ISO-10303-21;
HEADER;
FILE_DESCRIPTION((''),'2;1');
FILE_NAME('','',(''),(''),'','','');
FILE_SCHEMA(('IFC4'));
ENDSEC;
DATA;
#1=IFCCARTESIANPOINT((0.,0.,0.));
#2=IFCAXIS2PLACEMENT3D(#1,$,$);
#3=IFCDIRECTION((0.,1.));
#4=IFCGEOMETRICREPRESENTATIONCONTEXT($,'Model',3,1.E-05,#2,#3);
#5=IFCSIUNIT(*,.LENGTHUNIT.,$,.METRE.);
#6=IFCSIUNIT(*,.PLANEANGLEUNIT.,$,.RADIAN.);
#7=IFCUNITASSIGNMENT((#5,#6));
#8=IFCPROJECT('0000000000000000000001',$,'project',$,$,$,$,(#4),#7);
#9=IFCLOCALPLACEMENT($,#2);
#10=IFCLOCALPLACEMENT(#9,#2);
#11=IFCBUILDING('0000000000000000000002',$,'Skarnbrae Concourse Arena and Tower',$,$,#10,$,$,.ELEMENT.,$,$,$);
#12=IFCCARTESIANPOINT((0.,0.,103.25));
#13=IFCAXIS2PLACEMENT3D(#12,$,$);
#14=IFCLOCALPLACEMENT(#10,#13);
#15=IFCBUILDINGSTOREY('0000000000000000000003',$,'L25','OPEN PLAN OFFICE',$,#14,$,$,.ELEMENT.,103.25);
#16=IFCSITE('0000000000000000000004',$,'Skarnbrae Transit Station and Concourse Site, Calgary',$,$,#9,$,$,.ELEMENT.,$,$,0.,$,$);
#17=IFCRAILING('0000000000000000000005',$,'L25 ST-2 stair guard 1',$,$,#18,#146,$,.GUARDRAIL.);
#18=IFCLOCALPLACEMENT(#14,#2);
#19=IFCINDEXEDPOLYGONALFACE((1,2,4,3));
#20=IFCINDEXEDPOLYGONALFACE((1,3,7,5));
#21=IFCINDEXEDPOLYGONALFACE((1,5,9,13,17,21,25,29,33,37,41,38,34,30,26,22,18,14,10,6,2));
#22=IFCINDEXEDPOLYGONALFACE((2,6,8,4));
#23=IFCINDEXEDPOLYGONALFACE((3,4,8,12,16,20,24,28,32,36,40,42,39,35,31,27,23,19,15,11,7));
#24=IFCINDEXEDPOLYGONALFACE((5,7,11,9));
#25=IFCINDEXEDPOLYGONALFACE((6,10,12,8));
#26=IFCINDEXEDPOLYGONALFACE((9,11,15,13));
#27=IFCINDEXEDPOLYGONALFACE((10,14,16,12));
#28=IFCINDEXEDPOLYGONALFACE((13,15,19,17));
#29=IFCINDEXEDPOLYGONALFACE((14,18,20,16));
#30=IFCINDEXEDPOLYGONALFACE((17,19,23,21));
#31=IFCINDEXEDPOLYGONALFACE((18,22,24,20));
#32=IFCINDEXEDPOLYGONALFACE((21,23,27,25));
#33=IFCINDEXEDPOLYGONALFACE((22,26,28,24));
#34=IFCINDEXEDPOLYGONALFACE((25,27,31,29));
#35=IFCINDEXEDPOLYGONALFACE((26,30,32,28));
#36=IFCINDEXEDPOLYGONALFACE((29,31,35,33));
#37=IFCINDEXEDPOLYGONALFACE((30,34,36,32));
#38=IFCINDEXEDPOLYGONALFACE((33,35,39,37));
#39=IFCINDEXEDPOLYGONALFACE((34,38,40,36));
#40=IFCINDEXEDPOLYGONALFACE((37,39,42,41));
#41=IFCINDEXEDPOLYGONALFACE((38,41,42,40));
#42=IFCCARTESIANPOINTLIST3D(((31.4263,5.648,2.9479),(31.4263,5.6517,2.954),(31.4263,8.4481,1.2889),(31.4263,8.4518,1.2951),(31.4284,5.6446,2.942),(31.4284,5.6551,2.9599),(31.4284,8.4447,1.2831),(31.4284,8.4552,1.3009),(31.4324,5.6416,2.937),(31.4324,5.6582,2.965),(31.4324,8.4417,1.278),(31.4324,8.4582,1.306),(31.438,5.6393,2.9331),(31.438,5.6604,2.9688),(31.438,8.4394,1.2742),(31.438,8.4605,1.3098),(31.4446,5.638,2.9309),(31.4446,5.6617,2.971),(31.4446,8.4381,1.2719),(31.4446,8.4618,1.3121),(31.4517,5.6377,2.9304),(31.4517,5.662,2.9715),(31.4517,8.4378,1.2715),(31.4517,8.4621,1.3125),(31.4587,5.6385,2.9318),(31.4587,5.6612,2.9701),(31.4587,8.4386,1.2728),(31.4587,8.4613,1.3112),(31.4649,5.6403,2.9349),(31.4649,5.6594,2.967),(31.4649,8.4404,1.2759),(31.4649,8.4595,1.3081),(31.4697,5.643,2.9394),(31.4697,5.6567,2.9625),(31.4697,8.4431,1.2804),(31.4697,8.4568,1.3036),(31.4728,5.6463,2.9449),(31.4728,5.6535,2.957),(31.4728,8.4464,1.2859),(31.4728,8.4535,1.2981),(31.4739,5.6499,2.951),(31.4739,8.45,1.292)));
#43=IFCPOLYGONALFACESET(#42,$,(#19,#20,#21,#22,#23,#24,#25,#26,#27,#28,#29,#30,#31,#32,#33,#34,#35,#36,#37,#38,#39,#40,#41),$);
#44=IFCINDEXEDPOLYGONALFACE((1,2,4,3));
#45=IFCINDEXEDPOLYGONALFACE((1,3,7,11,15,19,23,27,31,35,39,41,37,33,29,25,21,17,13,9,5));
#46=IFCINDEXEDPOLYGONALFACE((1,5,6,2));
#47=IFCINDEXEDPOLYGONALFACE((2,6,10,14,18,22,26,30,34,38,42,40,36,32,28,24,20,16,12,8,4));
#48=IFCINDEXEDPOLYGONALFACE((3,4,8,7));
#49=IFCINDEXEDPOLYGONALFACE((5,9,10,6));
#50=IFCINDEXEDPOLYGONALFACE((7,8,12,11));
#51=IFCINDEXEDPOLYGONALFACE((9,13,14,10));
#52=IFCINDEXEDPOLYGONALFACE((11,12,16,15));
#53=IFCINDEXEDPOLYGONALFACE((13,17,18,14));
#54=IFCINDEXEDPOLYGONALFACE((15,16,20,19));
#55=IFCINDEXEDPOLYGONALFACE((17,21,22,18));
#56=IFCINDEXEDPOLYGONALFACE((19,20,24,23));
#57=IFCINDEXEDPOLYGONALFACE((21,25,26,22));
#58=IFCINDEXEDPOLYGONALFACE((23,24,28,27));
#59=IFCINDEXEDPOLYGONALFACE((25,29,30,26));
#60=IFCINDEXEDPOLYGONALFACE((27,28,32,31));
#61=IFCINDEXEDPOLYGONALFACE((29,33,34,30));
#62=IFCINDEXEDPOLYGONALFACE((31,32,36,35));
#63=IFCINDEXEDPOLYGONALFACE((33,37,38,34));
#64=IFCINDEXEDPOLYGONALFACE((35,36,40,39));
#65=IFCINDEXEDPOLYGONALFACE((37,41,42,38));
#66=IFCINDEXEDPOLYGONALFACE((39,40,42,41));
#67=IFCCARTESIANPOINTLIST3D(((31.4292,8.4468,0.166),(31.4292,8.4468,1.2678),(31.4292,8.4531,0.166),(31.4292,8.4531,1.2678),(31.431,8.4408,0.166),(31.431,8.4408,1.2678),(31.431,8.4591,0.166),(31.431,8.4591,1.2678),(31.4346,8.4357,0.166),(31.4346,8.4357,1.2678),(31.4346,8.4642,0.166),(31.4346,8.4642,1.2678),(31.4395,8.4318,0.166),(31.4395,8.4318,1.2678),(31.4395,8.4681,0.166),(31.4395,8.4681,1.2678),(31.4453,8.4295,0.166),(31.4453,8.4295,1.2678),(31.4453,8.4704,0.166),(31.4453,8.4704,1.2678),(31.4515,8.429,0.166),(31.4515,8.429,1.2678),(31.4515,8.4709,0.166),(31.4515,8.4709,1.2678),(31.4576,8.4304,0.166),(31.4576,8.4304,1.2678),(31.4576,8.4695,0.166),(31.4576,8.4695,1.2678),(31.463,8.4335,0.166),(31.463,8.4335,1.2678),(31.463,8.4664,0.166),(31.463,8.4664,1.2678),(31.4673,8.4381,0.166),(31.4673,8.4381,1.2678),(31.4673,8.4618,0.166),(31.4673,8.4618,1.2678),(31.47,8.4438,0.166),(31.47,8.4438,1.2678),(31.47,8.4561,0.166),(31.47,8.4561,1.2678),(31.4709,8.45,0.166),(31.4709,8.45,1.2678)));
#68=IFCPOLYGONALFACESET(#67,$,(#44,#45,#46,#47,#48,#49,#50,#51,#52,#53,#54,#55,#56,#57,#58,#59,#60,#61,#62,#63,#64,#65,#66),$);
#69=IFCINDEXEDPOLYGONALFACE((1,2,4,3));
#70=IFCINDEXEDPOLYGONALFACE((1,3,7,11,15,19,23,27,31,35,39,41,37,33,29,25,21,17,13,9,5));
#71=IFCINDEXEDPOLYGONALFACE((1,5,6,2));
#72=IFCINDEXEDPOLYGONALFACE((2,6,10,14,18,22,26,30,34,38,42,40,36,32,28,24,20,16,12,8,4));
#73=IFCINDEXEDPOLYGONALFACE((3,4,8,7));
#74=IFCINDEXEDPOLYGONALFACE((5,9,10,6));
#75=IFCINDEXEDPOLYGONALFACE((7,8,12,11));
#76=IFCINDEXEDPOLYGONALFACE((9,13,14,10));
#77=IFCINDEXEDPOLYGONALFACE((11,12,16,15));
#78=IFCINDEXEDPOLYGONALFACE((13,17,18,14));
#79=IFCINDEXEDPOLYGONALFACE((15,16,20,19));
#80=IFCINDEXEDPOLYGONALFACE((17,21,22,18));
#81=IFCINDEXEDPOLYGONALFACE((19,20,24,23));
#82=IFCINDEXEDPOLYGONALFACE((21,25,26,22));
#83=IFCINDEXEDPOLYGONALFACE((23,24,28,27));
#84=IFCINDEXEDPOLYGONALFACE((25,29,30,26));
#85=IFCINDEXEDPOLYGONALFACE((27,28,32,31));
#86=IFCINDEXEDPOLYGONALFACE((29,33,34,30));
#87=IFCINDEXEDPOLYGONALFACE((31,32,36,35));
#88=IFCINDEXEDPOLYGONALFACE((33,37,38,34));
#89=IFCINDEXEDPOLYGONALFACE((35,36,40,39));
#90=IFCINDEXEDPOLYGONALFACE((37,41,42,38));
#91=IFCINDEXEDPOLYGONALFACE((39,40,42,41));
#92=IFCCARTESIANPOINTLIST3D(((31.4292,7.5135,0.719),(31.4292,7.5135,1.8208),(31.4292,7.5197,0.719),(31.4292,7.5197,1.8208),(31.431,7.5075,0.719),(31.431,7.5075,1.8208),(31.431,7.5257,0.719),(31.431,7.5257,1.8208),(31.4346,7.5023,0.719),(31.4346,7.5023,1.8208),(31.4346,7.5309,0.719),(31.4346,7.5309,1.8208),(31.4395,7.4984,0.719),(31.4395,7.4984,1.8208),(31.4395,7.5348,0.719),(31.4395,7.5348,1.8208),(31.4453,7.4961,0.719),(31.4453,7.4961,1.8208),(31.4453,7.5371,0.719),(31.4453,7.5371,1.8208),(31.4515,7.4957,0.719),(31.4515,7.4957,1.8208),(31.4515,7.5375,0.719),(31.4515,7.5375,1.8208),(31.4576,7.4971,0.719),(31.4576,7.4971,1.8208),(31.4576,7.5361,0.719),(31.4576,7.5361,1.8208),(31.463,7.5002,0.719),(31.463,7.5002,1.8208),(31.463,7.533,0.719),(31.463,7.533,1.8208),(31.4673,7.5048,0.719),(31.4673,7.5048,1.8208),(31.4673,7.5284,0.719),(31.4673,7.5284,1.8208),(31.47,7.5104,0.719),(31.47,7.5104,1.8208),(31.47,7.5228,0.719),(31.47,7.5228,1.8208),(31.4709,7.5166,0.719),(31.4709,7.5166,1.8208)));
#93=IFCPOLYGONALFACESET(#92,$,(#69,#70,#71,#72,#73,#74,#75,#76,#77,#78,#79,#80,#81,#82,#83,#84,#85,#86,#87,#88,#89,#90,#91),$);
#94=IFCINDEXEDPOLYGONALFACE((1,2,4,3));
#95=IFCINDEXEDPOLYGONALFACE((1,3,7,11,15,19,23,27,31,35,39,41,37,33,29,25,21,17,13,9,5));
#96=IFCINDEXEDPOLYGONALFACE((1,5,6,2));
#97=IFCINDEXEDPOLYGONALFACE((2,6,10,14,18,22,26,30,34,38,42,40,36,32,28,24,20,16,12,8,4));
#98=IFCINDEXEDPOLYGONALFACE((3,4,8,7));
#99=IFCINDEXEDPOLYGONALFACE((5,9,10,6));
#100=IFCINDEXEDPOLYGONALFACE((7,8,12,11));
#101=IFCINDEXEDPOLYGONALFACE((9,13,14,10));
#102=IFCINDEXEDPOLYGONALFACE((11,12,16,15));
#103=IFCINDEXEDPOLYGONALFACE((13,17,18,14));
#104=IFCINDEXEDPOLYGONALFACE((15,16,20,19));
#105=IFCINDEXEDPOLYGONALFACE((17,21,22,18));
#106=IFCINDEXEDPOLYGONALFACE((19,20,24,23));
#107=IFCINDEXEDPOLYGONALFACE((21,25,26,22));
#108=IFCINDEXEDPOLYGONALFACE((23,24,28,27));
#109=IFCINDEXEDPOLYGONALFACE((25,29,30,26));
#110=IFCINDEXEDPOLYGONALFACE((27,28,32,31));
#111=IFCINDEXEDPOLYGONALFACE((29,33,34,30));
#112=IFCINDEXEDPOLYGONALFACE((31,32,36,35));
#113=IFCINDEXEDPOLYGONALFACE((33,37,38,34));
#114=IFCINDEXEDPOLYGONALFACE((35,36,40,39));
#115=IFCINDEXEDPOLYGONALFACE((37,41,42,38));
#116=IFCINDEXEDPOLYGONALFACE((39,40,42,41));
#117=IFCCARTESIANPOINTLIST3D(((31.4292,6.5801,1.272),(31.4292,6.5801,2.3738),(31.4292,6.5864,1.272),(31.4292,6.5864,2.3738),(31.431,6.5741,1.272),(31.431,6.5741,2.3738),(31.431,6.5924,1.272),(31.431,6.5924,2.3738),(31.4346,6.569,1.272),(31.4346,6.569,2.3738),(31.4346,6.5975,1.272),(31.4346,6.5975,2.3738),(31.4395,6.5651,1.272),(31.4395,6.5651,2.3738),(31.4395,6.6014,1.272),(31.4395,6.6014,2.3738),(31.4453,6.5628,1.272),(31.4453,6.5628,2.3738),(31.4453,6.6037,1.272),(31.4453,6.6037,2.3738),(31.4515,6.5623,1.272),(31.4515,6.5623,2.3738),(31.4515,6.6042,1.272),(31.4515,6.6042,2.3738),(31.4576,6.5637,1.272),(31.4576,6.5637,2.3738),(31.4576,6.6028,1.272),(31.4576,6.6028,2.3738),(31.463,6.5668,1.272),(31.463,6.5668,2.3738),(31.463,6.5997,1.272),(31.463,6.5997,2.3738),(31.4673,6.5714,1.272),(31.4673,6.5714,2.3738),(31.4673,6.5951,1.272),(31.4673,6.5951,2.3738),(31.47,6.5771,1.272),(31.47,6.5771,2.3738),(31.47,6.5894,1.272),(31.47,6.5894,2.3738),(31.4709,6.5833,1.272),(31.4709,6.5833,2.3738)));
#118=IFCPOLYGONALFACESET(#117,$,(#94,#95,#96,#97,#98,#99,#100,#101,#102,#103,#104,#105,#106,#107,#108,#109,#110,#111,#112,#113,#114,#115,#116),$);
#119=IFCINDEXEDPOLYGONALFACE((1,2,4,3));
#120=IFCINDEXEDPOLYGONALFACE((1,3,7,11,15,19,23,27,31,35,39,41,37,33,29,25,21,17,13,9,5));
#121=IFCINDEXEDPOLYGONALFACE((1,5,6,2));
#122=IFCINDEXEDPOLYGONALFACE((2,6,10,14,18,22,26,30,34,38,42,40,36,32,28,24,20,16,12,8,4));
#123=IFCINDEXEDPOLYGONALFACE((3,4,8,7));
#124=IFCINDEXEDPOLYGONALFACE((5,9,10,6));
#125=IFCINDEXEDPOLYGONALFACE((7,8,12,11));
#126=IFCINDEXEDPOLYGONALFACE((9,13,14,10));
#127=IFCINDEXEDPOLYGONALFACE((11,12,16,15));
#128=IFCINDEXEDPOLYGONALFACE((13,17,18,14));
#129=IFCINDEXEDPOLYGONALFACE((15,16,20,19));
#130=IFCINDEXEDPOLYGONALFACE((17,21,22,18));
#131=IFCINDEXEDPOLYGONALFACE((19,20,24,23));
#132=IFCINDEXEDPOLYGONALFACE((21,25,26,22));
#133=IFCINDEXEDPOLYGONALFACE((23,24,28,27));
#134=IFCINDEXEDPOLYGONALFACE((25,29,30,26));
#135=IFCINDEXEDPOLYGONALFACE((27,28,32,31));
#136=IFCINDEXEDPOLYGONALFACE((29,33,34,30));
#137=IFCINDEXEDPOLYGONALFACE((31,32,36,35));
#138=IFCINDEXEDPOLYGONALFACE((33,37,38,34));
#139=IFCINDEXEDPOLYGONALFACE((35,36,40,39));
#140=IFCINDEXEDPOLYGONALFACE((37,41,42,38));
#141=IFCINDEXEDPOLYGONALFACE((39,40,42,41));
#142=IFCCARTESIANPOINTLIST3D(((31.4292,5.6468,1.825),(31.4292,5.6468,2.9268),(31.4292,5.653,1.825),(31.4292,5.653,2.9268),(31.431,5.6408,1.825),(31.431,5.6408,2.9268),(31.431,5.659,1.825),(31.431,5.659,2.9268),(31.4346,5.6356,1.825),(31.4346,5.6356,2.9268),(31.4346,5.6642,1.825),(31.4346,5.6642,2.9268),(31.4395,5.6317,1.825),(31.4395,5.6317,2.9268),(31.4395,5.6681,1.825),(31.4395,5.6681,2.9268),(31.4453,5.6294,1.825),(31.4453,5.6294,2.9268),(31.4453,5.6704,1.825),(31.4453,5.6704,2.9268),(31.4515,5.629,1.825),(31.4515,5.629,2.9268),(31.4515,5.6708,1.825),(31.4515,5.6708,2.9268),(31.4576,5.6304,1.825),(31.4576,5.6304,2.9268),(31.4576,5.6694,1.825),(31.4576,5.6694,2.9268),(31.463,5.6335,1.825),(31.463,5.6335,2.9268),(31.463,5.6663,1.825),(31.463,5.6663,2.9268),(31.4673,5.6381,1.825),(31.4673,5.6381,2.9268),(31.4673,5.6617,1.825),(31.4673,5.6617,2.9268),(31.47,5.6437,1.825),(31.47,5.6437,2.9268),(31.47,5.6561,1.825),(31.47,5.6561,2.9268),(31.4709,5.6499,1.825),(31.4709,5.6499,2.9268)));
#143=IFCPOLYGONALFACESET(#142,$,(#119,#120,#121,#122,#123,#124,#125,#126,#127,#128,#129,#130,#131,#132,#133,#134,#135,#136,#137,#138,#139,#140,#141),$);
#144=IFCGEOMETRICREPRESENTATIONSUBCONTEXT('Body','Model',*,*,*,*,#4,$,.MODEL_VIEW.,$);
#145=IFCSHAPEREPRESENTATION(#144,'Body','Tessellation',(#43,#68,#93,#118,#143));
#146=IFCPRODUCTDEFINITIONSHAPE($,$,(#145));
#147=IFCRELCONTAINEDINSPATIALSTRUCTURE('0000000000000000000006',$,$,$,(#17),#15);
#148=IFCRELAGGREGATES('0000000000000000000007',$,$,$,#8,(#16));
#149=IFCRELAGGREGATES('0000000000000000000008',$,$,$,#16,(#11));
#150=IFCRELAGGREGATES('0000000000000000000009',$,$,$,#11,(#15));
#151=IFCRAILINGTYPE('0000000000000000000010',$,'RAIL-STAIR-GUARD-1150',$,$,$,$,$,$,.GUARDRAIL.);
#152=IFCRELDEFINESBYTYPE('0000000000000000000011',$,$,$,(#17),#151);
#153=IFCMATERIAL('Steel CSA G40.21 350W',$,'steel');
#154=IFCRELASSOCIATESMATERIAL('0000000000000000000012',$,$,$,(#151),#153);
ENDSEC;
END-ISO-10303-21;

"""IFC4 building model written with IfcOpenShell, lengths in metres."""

from ifc_helpers import new_model, si_unit, direction, frame, origin, origin_2d, place, context, subcontext, project, spatial, circle, extrude, material, type_object, element, save


model = new_model("IFC4")

# Units and contexts
model_context = context("Model", 3, precision=1e-05, world=origin(), true_north=direction((0.0, 1.0)))
body_context = subcontext(model_context, "Body", "Model", "MODEL_VIEW")
ifc_project = project(units=[si_unit("LENGTHUNIT", "METRE"), si_unit("PLANEANGLEUNIT", "RADIAN")], contexts=[model_context])

# Site, building, storey
site_placement = place(None, origin())
site = spatial("IfcSite", under=ifc_project, at=site_placement, Name="Skarnbrae Transit Station and Concourse Site, Calgary", CompositionType="ELEMENT", RefElevation=0.0)
building_placement = place(site_placement, origin())
building = spatial("IfcBuilding", under=site, at=building_placement, Name="Skarnbrae Concourse Arena and Tower", CompositionType="ELEMENT")
storey_placement = place(building_placement, frame((0.0, 0.0, 103.25)))
storey = spatial("IfcBuildingStorey", under=building, at=storey_placement, Name="L25", Description="OPEN PLAN OFFICE", CompositionType="ELEMENT", Elevation=103.25)

# Shared definitions
ifc_material_1 = material(Name="Steel CSA G40.21 350W", Category="steel")

# Railing
railing_type_1 = type_object("IfcRailingType", Name="RAIL-STAIR-GUARD-1150", PredefinedType="GUARDRAIL", material=ifc_material_1)
railing_1_placement = place(storey_placement, frame((31.45, 8.45, 0.166)))
element("IfcRailing", 1, at=railing_1_placement, inside=storey, type_object=railing_type_1, Name="L25 ST-2 stair guard 1", PredefinedType="GUARDRAIL", context=body_context, shape_type="SweptSolid", body=[
    extrude(circle(Radius=0.0239, at=origin_2d()), frame((0.0, 0.0, 1.126), z_axis=(0.0, -0.860339, 0.509722), x_axis=(1.0, 0.0, 0.0)), (0.0, 0.0, 1.0), 3.2546),
    extrude(circle(Radius=0.021, at=origin_2d()), origin(), (0.0, 0.0, 1.0), 1.1018),
    extrude(circle(Radius=0.021, at=origin_2d()), frame((0.0, -0.9333, 0.553)), (0.0, 0.0, 1.0), 1.1018),
    extrude(circle(Radius=0.021, at=origin_2d()), frame((0.0, -1.8667, 1.106)), (0.0, 0.0, 1.0), 1.1018),
    extrude(circle(Radius=0.021, at=origin_2d()), frame((0.0, -2.8, 1.6589)), (0.0, 0.0, 1.0), 1.1018),
])

save(model, "model.ifc")
